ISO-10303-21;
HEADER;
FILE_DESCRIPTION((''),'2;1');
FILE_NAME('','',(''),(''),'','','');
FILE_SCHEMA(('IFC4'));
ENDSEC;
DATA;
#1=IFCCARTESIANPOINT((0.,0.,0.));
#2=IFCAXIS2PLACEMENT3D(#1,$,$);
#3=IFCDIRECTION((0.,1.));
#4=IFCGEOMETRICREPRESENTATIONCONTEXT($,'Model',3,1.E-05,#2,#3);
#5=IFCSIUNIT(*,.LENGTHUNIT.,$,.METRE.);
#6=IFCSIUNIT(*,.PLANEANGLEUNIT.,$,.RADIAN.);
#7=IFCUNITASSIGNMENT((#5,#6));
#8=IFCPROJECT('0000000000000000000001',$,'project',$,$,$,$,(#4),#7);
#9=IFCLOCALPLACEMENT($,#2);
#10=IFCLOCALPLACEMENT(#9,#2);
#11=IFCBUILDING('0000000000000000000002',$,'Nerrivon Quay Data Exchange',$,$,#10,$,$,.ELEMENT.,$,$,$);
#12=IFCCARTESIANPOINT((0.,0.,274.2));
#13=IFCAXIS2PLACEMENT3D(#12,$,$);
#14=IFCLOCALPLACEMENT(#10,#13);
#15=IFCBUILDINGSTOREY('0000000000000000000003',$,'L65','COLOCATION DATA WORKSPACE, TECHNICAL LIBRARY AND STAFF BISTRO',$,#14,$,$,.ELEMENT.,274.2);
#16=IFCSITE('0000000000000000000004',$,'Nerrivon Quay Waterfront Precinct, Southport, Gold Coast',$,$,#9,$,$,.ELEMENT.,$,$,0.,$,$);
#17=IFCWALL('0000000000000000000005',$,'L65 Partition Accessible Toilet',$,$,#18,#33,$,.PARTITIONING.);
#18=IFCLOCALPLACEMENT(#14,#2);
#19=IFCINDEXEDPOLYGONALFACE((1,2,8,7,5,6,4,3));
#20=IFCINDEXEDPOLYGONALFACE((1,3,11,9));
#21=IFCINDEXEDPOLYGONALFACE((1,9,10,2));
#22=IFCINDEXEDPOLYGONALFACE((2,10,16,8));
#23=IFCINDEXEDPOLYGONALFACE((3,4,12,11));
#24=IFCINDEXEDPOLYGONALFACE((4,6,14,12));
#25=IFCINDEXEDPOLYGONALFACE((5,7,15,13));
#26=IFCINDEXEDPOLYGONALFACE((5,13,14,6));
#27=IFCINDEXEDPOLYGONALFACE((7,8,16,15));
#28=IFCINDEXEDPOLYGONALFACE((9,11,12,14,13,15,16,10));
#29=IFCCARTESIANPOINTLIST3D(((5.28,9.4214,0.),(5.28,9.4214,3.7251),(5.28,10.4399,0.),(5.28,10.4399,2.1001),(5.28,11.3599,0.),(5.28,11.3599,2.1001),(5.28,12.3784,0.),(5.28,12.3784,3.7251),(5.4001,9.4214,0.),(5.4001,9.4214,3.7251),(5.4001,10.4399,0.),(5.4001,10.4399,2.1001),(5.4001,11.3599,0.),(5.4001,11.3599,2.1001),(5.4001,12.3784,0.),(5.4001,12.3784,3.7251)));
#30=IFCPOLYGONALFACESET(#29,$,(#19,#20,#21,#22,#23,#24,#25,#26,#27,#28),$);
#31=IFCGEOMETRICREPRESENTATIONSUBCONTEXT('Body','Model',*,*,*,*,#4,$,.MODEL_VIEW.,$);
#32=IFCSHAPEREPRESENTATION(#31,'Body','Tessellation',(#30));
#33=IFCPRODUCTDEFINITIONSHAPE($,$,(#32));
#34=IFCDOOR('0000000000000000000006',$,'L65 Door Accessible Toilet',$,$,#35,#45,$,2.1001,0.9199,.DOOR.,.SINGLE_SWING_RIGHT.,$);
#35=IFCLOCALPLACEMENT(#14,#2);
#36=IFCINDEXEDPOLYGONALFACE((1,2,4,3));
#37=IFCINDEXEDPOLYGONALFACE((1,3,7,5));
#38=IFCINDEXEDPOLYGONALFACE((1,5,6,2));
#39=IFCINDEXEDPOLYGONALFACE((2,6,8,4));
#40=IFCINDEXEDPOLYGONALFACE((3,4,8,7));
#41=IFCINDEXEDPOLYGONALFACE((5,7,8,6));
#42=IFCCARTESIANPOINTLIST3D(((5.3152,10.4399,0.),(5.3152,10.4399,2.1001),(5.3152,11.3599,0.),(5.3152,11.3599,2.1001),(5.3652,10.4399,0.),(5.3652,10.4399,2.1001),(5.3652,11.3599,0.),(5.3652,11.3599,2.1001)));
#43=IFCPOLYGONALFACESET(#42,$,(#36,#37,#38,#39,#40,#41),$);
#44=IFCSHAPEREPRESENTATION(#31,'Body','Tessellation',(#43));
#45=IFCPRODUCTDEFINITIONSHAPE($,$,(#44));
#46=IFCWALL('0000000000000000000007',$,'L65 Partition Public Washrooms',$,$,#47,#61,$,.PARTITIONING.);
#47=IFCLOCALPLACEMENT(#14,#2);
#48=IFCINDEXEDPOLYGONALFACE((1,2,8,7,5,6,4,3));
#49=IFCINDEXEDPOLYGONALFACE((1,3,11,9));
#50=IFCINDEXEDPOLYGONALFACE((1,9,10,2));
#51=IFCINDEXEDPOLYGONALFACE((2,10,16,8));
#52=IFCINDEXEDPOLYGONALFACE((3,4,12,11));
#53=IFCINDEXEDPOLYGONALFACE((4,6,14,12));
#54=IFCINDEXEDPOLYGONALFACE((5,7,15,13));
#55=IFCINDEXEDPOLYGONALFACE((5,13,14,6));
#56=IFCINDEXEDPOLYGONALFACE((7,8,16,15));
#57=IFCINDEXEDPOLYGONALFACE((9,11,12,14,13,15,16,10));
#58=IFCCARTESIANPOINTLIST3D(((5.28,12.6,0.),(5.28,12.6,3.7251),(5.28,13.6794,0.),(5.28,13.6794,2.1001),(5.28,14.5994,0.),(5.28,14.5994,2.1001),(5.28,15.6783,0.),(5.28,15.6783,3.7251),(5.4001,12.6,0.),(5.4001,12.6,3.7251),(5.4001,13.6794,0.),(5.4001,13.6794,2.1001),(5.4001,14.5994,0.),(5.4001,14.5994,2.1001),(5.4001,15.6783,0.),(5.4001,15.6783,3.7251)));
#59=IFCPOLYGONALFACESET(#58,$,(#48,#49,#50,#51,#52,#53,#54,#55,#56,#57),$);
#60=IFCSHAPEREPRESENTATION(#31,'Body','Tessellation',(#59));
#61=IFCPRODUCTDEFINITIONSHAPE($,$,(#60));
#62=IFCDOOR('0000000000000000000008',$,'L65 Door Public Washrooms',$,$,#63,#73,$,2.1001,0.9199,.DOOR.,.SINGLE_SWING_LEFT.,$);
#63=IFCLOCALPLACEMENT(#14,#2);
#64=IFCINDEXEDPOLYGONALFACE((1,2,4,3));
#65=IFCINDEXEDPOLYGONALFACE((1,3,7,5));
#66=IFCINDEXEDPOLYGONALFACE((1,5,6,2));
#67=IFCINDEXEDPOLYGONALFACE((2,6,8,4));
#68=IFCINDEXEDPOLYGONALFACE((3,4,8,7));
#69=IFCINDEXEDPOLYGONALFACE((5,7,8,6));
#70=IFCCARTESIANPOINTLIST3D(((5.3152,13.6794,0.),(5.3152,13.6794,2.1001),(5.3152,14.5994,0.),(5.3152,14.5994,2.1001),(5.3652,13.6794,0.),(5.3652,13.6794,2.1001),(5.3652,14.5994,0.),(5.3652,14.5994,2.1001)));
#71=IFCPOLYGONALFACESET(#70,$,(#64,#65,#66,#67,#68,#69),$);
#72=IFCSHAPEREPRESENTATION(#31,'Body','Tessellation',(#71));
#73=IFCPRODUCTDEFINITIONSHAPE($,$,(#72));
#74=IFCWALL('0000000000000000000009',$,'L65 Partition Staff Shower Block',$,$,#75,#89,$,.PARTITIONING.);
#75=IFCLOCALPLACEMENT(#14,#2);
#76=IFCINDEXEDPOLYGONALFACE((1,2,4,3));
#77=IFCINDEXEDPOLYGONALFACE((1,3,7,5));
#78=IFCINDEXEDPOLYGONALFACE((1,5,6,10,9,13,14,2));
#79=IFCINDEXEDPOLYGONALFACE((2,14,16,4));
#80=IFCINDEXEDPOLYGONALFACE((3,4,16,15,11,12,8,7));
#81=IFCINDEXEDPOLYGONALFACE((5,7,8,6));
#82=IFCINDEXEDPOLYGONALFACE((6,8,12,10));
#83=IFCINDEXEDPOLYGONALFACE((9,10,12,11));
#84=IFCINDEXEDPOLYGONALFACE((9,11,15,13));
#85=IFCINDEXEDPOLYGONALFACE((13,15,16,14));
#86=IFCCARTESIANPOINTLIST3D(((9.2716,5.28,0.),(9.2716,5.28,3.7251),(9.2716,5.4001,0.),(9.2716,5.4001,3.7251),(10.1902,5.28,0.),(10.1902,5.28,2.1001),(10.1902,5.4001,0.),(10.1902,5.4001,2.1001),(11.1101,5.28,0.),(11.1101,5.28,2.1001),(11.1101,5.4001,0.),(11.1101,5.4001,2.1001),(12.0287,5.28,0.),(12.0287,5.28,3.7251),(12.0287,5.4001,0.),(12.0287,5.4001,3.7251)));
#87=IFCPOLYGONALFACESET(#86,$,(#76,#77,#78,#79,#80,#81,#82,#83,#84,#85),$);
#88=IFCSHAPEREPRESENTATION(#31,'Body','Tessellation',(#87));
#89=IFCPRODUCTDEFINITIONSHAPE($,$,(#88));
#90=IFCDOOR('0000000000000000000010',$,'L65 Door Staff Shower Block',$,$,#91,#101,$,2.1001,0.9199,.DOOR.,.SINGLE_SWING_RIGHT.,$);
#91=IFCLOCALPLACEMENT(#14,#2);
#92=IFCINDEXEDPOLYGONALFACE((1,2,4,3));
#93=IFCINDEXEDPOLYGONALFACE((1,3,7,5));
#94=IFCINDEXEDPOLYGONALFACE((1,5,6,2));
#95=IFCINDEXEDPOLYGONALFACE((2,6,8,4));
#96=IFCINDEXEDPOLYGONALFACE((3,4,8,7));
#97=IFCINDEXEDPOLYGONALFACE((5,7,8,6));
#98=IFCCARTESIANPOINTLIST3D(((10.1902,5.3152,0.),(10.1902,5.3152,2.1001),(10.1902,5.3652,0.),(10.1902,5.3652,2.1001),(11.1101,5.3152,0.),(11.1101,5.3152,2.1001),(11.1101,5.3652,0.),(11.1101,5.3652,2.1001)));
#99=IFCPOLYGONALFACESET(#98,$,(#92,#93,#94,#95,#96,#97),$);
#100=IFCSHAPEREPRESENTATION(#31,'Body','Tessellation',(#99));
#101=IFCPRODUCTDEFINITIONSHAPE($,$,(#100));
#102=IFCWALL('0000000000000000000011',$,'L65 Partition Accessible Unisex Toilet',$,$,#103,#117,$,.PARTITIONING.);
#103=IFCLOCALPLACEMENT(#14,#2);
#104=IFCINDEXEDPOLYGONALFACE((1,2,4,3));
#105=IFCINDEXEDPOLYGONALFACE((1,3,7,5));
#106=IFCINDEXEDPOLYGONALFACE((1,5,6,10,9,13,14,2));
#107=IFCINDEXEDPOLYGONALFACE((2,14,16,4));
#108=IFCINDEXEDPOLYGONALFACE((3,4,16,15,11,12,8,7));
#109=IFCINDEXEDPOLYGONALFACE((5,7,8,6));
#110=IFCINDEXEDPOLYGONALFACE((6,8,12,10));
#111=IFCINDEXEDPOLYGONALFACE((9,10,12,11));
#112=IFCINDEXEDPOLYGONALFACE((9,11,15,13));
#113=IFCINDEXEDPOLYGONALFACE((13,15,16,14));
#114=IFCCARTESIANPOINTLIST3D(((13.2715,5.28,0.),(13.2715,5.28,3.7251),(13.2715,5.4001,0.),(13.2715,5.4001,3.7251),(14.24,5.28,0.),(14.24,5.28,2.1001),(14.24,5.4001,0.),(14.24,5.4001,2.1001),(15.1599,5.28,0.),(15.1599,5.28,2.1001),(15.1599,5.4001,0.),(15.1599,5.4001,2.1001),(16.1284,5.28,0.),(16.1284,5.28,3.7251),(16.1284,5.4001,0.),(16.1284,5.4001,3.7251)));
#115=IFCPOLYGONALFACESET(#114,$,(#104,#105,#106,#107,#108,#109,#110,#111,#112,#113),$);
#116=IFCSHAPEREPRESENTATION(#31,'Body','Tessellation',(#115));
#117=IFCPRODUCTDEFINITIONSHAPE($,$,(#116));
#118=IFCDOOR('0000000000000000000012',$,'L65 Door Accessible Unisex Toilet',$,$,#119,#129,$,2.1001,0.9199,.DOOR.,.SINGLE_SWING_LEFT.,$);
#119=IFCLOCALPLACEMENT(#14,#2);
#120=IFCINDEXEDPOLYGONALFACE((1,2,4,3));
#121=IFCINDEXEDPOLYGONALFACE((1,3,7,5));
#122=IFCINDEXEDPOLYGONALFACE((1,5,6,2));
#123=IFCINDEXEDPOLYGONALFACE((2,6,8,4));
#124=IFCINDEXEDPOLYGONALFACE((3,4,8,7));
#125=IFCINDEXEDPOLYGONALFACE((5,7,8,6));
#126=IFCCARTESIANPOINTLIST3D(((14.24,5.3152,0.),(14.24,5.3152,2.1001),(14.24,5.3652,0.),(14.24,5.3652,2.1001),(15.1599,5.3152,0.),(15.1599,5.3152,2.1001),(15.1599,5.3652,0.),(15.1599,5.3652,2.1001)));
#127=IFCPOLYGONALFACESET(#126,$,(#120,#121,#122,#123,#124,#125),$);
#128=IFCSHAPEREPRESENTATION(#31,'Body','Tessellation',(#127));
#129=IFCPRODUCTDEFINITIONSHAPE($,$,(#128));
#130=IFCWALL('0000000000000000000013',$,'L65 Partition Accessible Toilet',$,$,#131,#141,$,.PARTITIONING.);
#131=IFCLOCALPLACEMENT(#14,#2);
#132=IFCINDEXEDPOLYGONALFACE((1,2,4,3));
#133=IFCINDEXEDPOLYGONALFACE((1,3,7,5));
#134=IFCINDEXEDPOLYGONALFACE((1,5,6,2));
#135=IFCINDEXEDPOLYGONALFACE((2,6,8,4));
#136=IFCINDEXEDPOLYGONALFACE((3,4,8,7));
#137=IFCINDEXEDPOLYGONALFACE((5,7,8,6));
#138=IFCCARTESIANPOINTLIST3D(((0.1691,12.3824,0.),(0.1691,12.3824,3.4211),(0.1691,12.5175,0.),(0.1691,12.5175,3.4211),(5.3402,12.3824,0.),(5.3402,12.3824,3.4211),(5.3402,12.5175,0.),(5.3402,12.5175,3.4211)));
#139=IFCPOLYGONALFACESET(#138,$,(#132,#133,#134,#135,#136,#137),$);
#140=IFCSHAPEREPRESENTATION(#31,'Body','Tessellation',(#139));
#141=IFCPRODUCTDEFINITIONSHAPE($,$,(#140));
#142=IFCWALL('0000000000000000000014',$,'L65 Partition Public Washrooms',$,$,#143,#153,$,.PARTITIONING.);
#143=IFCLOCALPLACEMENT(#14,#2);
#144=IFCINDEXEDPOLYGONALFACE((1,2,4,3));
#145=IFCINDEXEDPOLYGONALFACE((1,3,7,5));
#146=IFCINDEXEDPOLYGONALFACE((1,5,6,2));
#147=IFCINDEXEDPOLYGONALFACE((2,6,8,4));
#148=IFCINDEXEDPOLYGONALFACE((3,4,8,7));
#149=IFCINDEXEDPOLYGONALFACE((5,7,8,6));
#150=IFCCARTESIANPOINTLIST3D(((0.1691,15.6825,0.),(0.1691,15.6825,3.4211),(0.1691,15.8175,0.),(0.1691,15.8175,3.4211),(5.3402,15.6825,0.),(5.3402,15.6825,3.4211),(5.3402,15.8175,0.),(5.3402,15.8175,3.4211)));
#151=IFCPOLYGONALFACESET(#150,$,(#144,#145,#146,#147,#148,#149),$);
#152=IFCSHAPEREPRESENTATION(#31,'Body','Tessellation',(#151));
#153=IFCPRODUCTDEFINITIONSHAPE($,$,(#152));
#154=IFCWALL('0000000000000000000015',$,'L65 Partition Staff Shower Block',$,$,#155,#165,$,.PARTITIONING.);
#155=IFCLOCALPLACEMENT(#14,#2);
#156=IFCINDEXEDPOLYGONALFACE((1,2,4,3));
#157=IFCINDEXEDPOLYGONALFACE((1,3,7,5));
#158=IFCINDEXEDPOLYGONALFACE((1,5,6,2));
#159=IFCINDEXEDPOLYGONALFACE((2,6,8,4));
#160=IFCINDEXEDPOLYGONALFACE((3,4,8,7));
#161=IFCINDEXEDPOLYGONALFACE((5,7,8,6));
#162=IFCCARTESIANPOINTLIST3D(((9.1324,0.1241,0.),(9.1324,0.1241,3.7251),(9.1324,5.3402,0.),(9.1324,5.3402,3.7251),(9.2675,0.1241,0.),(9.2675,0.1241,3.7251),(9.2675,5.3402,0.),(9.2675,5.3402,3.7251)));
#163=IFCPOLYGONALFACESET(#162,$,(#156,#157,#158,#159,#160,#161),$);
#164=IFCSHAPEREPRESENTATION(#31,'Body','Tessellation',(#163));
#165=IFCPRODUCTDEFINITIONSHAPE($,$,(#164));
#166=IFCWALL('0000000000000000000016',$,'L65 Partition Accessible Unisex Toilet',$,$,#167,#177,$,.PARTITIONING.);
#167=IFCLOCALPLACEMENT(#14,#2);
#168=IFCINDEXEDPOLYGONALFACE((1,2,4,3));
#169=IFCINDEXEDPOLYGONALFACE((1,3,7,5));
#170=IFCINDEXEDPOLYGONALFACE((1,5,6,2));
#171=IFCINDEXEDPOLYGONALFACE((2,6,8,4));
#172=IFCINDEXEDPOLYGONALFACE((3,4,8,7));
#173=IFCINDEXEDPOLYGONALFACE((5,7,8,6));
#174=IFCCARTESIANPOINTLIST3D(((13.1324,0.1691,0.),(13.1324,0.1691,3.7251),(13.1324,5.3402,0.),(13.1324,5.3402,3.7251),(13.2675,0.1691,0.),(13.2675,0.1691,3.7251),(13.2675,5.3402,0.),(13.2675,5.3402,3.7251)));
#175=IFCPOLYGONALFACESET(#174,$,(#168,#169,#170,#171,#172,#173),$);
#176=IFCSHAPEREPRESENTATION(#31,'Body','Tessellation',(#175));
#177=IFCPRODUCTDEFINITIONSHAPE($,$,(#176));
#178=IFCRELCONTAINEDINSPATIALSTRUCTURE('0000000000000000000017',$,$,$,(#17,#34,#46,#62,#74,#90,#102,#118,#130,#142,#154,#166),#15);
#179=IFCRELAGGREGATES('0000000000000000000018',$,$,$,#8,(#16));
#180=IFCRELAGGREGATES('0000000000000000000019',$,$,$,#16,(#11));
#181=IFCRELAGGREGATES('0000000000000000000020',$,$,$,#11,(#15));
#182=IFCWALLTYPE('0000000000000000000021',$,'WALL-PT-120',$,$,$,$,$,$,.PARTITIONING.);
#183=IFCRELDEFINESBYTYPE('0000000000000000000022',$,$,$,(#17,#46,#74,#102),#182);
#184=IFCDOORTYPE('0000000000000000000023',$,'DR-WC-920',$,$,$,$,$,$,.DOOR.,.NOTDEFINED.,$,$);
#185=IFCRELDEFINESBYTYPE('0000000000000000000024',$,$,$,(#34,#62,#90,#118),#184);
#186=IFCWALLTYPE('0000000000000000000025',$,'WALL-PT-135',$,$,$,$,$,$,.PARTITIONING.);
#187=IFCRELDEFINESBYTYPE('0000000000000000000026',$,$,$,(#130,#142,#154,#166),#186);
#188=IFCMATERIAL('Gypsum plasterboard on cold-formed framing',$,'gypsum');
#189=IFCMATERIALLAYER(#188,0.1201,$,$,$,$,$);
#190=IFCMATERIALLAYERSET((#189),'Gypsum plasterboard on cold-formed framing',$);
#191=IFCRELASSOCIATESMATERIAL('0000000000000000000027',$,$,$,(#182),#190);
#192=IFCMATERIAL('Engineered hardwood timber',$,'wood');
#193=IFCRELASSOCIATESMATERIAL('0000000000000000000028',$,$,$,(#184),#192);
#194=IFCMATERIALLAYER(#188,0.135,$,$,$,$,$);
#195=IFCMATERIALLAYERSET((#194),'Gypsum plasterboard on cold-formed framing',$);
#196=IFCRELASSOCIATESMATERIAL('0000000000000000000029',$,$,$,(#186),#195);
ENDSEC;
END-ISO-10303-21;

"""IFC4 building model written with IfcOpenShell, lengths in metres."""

from ifc_helpers import new_model, si_unit, direction, frame, frame_2d, origin, place, context, subcontext, project, spatial, rectangle, extrude, material, layer, layer_set, type_object, element, fill, save


model = new_model("IFC4")

# Units and contexts
model_context = context("Model", 3, precision=1e-05, world=origin(), true_north=direction((0.0, 1.0)))
body_context = subcontext(model_context, "Body", "Model", "MODEL_VIEW")
ifc_project = project(units=[si_unit("LENGTHUNIT", "METRE"), si_unit("PLANEANGLEUNIT", "RADIAN")], contexts=[model_context])

# Site, building, storey
site_placement = place(None, origin())
site = spatial("IfcSite", under=ifc_project, at=site_placement, Name="Nerrivon Quay Waterfront Precinct, Southport, Gold Coast", CompositionType="ELEMENT", RefElevation=0.0)
building_placement = place(site_placement, origin())
building = spatial("IfcBuilding", under=site, at=building_placement, Name="Nerrivon Quay Data Exchange", CompositionType="ELEMENT")
storey_placement = place(building_placement, frame((0.0, 0.0, 274.2)))
storey = spatial("IfcBuildingStorey", under=building, at=storey_placement, Name="L65", Description="COLOCATION DATA WORKSPACE, TECHNICAL LIBRARY AND STAFF BISTRO", CompositionType="ELEMENT", Elevation=274.2)

# Walls, openings, doors
ifc_material_1 = material(Name="Gypsum plasterboard on cold-formed framing", Category="gypsum")
ifc_layer_1 = layer(ifc_material_1, 0.1201)
ifc_layer_set_1 = layer_set([ifc_layer_1], Name="Gypsum plasterboard on cold-formed framing")
wall_type_1 = type_object("IfcWallType", Name="WALL-PT-120", PredefinedType="PARTITIONING", material=ifc_layer_set_1)
wall_1_placement = place(storey_placement, frame((5.3401, 9.4214, 0.0), z_axis=(0.0, 0.0, 1.0), x_axis=(0.0, 1.0, 0.0)))
wall_1 = element("IfcWall", 1, at=wall_1_placement, inside=storey, type_object=wall_type_1, Name="L65 Partition Accessible Toilet", PredefinedType="PARTITIONING", context=body_context, shape_type="SweptSolid", body=[
    extrude(rectangle(XDim=2.957, YDim=0.1201, at=frame_2d((1.4785, 0.0))), origin(), (0.0, 0.0, 1.0), 3.7251),
])
opening_1_placement = place(wall_1_placement, frame((1.0186, 0.0, 0.0)))
opening_1 = element("IfcOpeningElement", 2, at=opening_1_placement, cuts=wall_1, PredefinedType="OPENING", context=body_context, shape_type="SweptSolid", body=[
    extrude(rectangle(XDim=0.9199, YDim=2.1001, at=frame_2d((0.46, 1.05))), frame((0.0, 0.0701, 0.0), z_axis=(0.0, -1.0, 0.0), x_axis=(1.0, 0.0, 0.0)), (0.0, 0.0, 1.0), 0.1401),
])
ifc_material_2 = material(Name="Engineered hardwood timber", Category="wood")
door_type_1 = type_object("IfcDoorType", Name="DR-WC-920", OperationType="NOTDEFINED", PredefinedType="DOOR", material=ifc_material_2)
door_1_placement = place(opening_1_placement, origin())
door_1 = element("IfcDoor", 3, at=door_1_placement, inside=storey, type_object=door_type_1, Name="L65 Door Accessible Toilet", OperationType="SINGLE_SWING_RIGHT", OverallHeight=2.1001, OverallWidth=0.9199, PredefinedType="DOOR", context=body_context, shape_type="SweptSolid", body=[
    extrude(rectangle(XDim=0.9199, YDim=2.1001, at=frame_2d((0.46, 1.05))), frame((0.0, 0.0249, 0.0), z_axis=(0.0, -1.0, 0.0), x_axis=(1.0, 0.0, 0.0)), (0.0, 0.0, 1.0), 0.05),
])
fill(opening_1, door_1)
wall_2_placement = place(storey_placement, frame((5.3401, 12.6001, 0.0), z_axis=(0.0, 0.0, 1.0), x_axis=(0.0, 1.0, 0.0)))
wall_2 = element("IfcWall", 4, at=wall_2_placement, inside=storey, type_object=wall_type_1, Name="L65 Partition Public Washrooms", PredefinedType="PARTITIONING", context=body_context, shape_type="SweptSolid", body=[
    extrude(rectangle(XDim=3.0784, YDim=0.1201, at=frame_2d((1.5391, 0.0))), origin(), (0.0, 0.0, 1.0), 3.7251),
])
opening_2_placement = place(wall_2_placement, frame((1.0793, 0.0, 0.0)))
opening_2 = element("IfcOpeningElement", 5, at=opening_2_placement, cuts=wall_2, PredefinedType="OPENING", context=body_context, shape_type="SweptSolid", body=[
    extrude(rectangle(XDim=0.9199, YDim=2.1001, at=frame_2d((0.46, 1.05))), frame((0.0, 0.0701, 0.0), z_axis=(0.0, -1.0, 0.0), x_axis=(1.0, 0.0, 0.0)), (0.0, 0.0, 1.0), 0.1401),
])
door_2_placement = place(opening_2_placement, origin())
door_2 = element("IfcDoor", 6, at=door_2_placement, inside=storey, type_object=door_type_1, Name="L65 Door Public Washrooms", OperationType="SINGLE_SWING_LEFT", OverallHeight=2.1001, OverallWidth=0.9199, PredefinedType="DOOR", context=body_context, shape_type="SweptSolid", body=[
    extrude(rectangle(XDim=0.9199, YDim=2.1001, at=frame_2d((0.46, 1.05))), frame((0.0, 0.0249, 0.0), z_axis=(0.0, -1.0, 0.0), x_axis=(1.0, 0.0, 0.0)), (0.0, 0.0, 1.0), 0.05),
])
fill(opening_2, door_2)
wall_3_placement = place(storey_placement, frame((12.0286, 5.3401, 0.0), z_axis=(0.0, 0.0, 1.0), x_axis=(-1.0, 0.0, 0.0)))
wall_3 = element("IfcWall", 7, at=wall_3_placement, inside=storey, type_object=wall_type_1, Name="L65 Partition Staff Shower Block", PredefinedType="PARTITIONING", context=body_context, shape_type="SweptSolid", body=[
    extrude(rectangle(XDim=2.7571, YDim=0.1201, at=frame_2d((1.3784, 0.0))), origin(), (0.0, 0.0, 1.0), 3.7251),
])
opening_3_placement = place(wall_3_placement, frame((0.9185, 0.0, 0.0)))
opening_3 = element("IfcOpeningElement", 8, at=opening_3_placement, cuts=wall_3, PredefinedType="OPENING", context=body_context, shape_type="SweptSolid", body=[
    extrude(rectangle(XDim=0.9199, YDim=2.1001, at=frame_2d((0.46, 1.05))), frame((0.0, 0.0701, 0.0), z_axis=(0.0, -1.0, 0.0), x_axis=(1.0, 0.0, 0.0)), (0.0, 0.0, 1.0), 0.1401),
])
door_3_placement = place(opening_3_placement, origin())
door_3 = element("IfcDoor", 9, at=door_3_placement, inside=storey, type_object=door_type_1, Name="L65 Door Staff Shower Block", OperationType="SINGLE_SWING_RIGHT", OverallHeight=2.1001, OverallWidth=0.9199, PredefinedType="DOOR", context=body_context, shape_type="SweptSolid", body=[
    extrude(rectangle(XDim=0.9199, YDim=2.1001, at=frame_2d((0.46, 1.05))), frame((0.0, 0.0249, 0.0), z_axis=(0.0, -1.0, 0.0), x_axis=(1.0, 0.0, 0.0)), (0.0, 0.0, 1.0), 0.05),
])
fill(opening_3, door_3)
wall_4_placement = place(storey_placement, frame((16.1284, 5.3401, 0.0), z_axis=(0.0, 0.0, 1.0), x_axis=(-1.0, 0.0, 0.0)))
wall_4 = element("IfcWall", 10, at=wall_4_placement, inside=storey, type_object=wall_type_1, Name="L65 Partition Accessible Unisex Toilet", PredefinedType="PARTITIONING", context=body_context, shape_type="SweptSolid", body=[
    extrude(rectangle(XDim=2.8569, YDim=0.1201, at=frame_2d((1.4285, 0.0))), origin(), (0.0, 0.0, 1.0), 3.7251),
])
opening_4_placement = place(wall_4_placement, frame((0.9685, 0.0, 0.0)))
opening_4 = element("IfcOpeningElement", 11, at=opening_4_placement, cuts=wall_4, PredefinedType="OPENING", context=body_context, shape_type="SweptSolid", body=[
    extrude(rectangle(XDim=0.9199, YDim=2.1001, at=frame_2d((0.46, 1.05))), frame((0.0, 0.0701, 0.0), z_axis=(0.0, -1.0, 0.0), x_axis=(1.0, 0.0, 0.0)), (0.0, 0.0, 1.0), 0.1401),
])
door_4_placement = place(opening_4_placement, origin())
door_4 = element("IfcDoor", 12, at=door_4_placement, inside=storey, type_object=door_type_1, Name="L65 Door Accessible Unisex Toilet", OperationType="SINGLE_SWING_LEFT", OverallHeight=2.1001, OverallWidth=0.9199, PredefinedType="DOOR", context=body_context, shape_type="SweptSolid", body=[
    extrude(rectangle(XDim=0.9199, YDim=2.1001, at=frame_2d((0.46, 1.05))), frame((0.0, 0.0249, 0.0), z_axis=(0.0, -1.0, 0.0), x_axis=(1.0, 0.0, 0.0)), (0.0, 0.0, 1.0), 0.05),
])
fill(opening_4, door_4)

# Walls
ifc_layer_2 = layer(ifc_material_1, 0.135)
ifc_layer_set_2 = layer_set([ifc_layer_2], Name="Gypsum plasterboard on cold-formed framing")
wall_type_2 = type_object("IfcWallType", Name="WALL-PT-135", PredefinedType="PARTITIONING", material=ifc_layer_set_2)
for number, where, z_axis, x_axis, name in (
    (13, (5.3401, 12.45, 0.0), (0.0, 0.0, 1.0), (-1.0, 0.0, 0.0), "L65 Partition Accessible Toilet"),
    (14, (5.3401, 15.75, 0.0), (0.0, 0.0, 1.0), (-1.0, 0.0, 0.0), "L65 Partition Public Washrooms"),
):
    element("IfcWall", number, at=place(storey_placement, frame(where, z_axis=z_axis, x_axis=x_axis)), inside=storey, type_object=wall_type_2, Name=name, PredefinedType="PARTITIONING", context=body_context, shape_type="SweptSolid", body=[
        extrude(rectangle(XDim=5.1711, YDim=0.135, at=frame_2d((2.5854, 0.0))), origin(), (0.0, 0.0, 1.0), 3.4211),
    ])
wall_5_placement = place(storey_placement, frame((9.2, 5.3401, 0.0), z_axis=(0.0, 0.0, 1.0), x_axis=(0.0, -1.0, 0.0)))
element("IfcWall", 15, at=wall_5_placement, inside=storey, type_object=wall_type_2, Name="L65 Partition Staff Shower Block", PredefinedType="PARTITIONING", context=body_context, shape_type="SweptSolid", body=[
    extrude(rectangle(XDim=5.2161, YDim=0.135, at=frame_2d((2.6079, 0.0))), origin(), (0.0, 0.0, 1.0), 3.7251),
])
wall_6_placement = place(storey_placement, frame((13.2, 5.3401, 0.0), z_axis=(0.0, 0.0, 1.0), x_axis=(0.0, -1.0, 0.0)))
element("IfcWall", 16, at=wall_6_placement, inside=storey, type_object=wall_type_2, Name="L65 Partition Accessible Unisex Toilet", PredefinedType="PARTITIONING", context=body_context, shape_type="SweptSolid", body=[
    extrude(rectangle(XDim=5.1711, YDim=0.135, at=frame_2d((2.5854, 0.0))), origin(), (0.0, 0.0, 1.0), 3.7251),
])

save(model, "model.ifc")
